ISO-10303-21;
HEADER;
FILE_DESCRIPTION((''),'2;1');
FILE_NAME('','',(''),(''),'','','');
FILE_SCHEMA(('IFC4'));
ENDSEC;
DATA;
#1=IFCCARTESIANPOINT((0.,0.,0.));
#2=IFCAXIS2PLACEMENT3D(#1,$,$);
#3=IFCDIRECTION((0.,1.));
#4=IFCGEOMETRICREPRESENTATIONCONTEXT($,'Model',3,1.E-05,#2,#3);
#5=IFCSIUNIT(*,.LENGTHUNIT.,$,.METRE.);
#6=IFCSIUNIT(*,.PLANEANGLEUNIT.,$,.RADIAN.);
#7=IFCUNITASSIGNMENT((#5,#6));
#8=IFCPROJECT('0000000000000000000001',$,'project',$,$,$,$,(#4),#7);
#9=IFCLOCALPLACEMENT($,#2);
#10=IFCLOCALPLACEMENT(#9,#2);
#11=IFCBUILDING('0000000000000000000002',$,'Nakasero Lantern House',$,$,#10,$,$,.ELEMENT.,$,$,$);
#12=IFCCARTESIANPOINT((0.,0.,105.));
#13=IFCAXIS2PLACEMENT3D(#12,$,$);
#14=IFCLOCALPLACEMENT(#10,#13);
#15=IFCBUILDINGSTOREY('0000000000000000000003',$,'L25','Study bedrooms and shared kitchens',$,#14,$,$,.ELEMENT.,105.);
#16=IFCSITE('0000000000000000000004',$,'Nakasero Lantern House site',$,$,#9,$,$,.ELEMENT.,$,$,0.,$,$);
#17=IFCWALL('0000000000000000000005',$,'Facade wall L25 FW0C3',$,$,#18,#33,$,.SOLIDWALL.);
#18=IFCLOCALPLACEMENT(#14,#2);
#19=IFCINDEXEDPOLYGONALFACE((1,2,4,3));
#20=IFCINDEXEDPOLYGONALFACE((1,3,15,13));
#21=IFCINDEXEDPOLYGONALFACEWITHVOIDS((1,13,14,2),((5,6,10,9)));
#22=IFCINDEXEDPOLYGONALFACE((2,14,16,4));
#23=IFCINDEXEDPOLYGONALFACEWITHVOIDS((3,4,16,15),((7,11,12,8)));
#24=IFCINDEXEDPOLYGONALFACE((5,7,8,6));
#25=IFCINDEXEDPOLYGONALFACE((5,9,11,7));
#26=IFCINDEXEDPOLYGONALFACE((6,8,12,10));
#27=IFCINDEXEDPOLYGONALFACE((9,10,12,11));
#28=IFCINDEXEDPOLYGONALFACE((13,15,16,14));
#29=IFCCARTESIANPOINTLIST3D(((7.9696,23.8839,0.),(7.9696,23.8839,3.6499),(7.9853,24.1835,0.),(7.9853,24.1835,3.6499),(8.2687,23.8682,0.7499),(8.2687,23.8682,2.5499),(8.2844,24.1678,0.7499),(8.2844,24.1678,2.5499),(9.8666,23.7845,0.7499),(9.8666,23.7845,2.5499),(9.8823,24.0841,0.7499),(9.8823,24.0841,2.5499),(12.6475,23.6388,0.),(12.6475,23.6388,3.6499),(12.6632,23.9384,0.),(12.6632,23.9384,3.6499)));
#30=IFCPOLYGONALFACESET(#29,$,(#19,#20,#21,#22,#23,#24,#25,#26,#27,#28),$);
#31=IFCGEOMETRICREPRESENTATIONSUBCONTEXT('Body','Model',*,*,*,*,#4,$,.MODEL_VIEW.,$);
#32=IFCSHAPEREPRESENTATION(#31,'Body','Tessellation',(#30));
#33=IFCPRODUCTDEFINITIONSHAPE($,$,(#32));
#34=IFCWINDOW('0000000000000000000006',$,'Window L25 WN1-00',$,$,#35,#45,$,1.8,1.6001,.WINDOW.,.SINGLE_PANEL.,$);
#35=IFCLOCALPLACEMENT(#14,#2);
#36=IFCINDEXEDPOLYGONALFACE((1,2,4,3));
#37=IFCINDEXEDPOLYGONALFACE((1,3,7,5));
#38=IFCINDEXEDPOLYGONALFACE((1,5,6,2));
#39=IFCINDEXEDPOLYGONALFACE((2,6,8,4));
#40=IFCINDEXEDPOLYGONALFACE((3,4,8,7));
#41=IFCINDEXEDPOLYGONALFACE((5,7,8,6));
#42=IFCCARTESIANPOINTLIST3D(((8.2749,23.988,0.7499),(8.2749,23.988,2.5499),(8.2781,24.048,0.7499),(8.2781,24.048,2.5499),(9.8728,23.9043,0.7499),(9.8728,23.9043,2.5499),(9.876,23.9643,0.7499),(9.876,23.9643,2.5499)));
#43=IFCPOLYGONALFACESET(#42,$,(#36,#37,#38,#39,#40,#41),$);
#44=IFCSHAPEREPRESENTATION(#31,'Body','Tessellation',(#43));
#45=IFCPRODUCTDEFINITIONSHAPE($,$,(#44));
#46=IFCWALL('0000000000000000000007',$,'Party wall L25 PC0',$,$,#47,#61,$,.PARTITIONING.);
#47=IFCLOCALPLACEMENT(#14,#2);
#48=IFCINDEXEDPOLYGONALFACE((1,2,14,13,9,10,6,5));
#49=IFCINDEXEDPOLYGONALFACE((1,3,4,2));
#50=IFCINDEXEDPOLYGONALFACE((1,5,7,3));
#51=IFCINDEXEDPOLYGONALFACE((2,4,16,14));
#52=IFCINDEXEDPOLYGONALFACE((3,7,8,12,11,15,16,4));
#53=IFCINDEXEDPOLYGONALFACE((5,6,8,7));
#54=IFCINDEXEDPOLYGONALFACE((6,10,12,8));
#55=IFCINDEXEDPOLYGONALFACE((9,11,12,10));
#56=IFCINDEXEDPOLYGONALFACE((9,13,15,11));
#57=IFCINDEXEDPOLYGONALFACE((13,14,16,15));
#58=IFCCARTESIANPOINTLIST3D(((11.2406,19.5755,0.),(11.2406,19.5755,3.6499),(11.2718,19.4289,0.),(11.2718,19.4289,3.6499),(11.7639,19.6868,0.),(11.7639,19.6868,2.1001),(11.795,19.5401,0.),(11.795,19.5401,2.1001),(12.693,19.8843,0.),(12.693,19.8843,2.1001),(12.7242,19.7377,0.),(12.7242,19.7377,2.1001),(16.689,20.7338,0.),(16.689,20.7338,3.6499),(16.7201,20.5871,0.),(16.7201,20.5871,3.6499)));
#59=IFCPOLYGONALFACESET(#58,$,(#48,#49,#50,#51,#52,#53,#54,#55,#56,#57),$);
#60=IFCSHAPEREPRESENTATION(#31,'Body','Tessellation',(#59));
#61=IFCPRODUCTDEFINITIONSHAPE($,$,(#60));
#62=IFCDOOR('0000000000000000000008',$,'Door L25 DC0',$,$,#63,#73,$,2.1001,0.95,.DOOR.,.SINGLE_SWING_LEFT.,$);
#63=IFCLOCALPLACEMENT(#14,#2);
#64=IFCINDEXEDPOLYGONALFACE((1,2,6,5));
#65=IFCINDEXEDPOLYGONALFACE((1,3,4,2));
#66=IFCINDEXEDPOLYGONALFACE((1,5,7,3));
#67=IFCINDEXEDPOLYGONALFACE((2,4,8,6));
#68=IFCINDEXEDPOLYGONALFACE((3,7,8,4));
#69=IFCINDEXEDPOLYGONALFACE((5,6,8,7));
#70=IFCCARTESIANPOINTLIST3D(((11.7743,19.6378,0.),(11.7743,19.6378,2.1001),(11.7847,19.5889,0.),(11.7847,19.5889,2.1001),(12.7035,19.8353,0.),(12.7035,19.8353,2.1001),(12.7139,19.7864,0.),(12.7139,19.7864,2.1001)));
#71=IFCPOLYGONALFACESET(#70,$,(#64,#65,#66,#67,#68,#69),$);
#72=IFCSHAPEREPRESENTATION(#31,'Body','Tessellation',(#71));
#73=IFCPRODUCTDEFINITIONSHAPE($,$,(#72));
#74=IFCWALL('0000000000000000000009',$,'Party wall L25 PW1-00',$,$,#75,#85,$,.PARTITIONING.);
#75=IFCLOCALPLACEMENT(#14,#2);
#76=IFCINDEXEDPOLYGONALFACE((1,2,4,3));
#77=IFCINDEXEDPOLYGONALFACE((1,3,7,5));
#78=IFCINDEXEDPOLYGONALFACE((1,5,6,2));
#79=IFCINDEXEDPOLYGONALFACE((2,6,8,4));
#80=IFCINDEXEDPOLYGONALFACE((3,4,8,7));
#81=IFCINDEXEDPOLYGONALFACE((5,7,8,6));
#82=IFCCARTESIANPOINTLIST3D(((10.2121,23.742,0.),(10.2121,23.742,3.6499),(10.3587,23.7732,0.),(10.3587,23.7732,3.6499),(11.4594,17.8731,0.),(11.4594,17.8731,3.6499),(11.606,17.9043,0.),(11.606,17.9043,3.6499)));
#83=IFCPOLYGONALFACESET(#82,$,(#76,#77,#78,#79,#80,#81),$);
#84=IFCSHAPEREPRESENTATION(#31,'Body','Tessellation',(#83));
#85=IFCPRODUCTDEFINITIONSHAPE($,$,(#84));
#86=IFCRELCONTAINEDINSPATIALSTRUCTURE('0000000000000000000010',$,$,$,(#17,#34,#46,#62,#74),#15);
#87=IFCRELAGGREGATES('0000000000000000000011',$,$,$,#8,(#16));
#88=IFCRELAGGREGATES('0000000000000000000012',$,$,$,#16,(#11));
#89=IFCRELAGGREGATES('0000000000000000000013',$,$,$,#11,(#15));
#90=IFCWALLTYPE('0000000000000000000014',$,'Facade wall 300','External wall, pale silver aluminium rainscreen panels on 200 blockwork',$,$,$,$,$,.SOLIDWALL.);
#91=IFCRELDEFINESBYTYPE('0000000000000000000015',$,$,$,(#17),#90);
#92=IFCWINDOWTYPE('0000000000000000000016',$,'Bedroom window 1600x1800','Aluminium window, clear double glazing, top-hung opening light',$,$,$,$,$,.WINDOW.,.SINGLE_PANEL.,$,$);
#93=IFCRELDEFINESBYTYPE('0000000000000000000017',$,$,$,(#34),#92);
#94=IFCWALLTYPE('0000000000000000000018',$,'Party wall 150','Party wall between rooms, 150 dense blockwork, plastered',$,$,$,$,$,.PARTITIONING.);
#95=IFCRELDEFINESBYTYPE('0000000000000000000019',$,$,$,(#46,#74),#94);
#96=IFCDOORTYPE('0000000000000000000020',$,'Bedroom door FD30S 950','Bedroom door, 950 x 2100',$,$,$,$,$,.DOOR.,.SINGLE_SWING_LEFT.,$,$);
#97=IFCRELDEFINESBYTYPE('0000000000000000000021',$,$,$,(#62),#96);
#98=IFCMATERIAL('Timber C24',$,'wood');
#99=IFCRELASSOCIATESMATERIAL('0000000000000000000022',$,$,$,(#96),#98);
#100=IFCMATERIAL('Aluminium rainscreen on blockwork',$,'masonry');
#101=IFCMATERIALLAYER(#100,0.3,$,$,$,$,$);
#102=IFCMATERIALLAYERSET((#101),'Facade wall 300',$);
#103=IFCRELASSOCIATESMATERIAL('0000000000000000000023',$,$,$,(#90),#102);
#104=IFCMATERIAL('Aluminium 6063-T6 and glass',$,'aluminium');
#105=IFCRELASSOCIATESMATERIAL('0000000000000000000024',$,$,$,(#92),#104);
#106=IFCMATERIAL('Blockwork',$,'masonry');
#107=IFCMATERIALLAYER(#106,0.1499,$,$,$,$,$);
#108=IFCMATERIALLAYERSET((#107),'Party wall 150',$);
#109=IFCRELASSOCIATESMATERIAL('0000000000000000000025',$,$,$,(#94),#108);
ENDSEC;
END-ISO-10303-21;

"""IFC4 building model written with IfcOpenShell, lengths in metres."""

from ifc_helpers import new_model, si_unit, direction, frame, frame_2d, origin, place, context, subcontext, project, spatial, rectangle, extrude, material, layer, layer_set, type_object, element, fill, save


model = new_model("IFC4")

# Units and contexts
model_context = context("Model", 3, precision=1e-05, world=origin(), true_north=direction((0.0, 1.0)))
body_context = subcontext(model_context, "Body", "Model", "MODEL_VIEW")
ifc_project = project(units=[si_unit("LENGTHUNIT", "METRE"), si_unit("PLANEANGLEUNIT", "RADIAN")], contexts=[model_context])

# Site, building, storey
site_placement = place(None, origin())
site = spatial("IfcSite", under=ifc_project, at=site_placement, Name="Nakasero Lantern House site", CompositionType="ELEMENT", RefElevation=0.0)
building_placement = place(site_placement, origin())
building = spatial("IfcBuilding", under=site, at=building_placement, Name="Nakasero Lantern House", CompositionType="ELEMENT")
storey_placement = place(building_placement, frame((0.0, 0.0, 105.0)))
storey = spatial("IfcBuildingStorey", under=building, at=storey_placement, Name="L25", Description="Study bedrooms and shared kitchens", CompositionType="ELEMENT", Elevation=105.0)

# Shared definitions
ifc_material_1 = material(Name="Timber C24", Category="wood")
door_type_1 = type_object("IfcDoorType", Name="Bedroom door FD30S 950", Description="Bedroom door, 950 x 2100", OperationType="SINGLE_SWING_LEFT", PredefinedType="DOOR", material=ifc_material_1)

# Shared definitions
ifc_material_2 = material(Name="Aluminium rainscreen on blockwork", Category="masonry")
ifc_layer_1 = layer(ifc_material_2, 0.3)
ifc_layer_set_1 = layer_set([ifc_layer_1], Name="Facade wall 300")
wall_type_1 = type_object("IfcWallType", Name="Facade wall 300", Description="External wall, pale silver aluminium rainscreen panels on 200 blockwork", PredefinedType="SOLIDWALL", material=ifc_layer_set_1)

# Wall, opening, window
wall_1_placement = place(storey_placement, frame((12.6555, 23.7886, 0.0), z_axis=(0.0, 0.0, 1.0), x_axis=(-0.99863, 0.052326, 0.0)))
wall_1 = element("IfcWall", 1, at=wall_1_placement, inside=storey, type_object=wall_type_1, Name="Facade wall L25 FW0C3", PredefinedType="SOLIDWALL", context=body_context, shape_type="SweptSolid", body=[
    extrude(rectangle(XDim=4.6843, YDim=0.3, at=frame_2d((2.3423, 0.0))), origin(), (0.0, 0.0, 1.0), 3.6499),
])
opening_1_placement = place(wall_1_placement, frame((2.7849, 0.0, 0.75)))
opening_1 = element("IfcOpeningElement", 2, at=opening_1_placement, cuts=wall_1, PredefinedType="OPENING", context=body_context, shape_type="SweptSolid", body=[
    extrude(rectangle(XDim=1.6001, YDim=1.8, at=frame_2d((0.8, 0.8999))), frame((0.0, 0.1699, 0.0), z_axis=(0.0, -1.0, 0.0), x_axis=(1.0, 0.0, 0.0)), (0.0, 0.0, 1.0), 0.3401),
])
ifc_material_3 = material(Name="Aluminium 6063-T6 and glass", Category="aluminium")
window_type_1 = type_object("IfcWindowType", Name="Bedroom window 1600x1800", Description="Aluminium window, clear double glazing, top-hung opening light", PartitioningType="SINGLE_PANEL", PredefinedType="WINDOW", material=ifc_material_3)
window_1_placement = place(opening_1_placement, origin())
window_1 = element("IfcWindow", 3, at=window_1_placement, inside=storey, type_object=window_type_1, Name="Window L25 WN1-00", OverallHeight=1.8, OverallWidth=1.6001, PartitioningType="SINGLE_PANEL", PredefinedType="WINDOW", context=body_context, shape_type="SweptSolid", body=[
    extrude(rectangle(XDim=1.6001, YDim=1.8, at=frame_2d((0.8, 0.8999))), frame((0.0, 0.03, 0.0), z_axis=(0.0, -1.0, 0.0), x_axis=(1.0, 0.0, 0.0)), (0.0, 0.0, 1.0), 0.0601),
])
fill(opening_1, window_1)

# Wall, opening, door
ifc_material_4 = material(Name="Blockwork", Category="masonry")
ifc_layer_2 = layer(ifc_material_4, 0.1499)
ifc_layer_set_2 = layer_set([ifc_layer_2], Name="Party wall 150")
wall_type_2 = type_object("IfcWallType", Name="Party wall 150", Description="Party wall between rooms, 150 dense blockwork, plastered", PredefinedType="PARTITIONING", material=ifc_layer_set_2)
wall_2_placement = place(storey_placement, frame((11.2561, 19.5022, 0.0), z_axis=(0.0, 0.0, 1.0), x_axis=(0.978142, 0.207936, 0.0)))
wall_2 = element("IfcWall", 4, at=wall_2_placement, inside=storey, type_object=wall_type_2, Name="Party wall L25 PC0", PredefinedType="PARTITIONING", context=body_context, shape_type="SweptSolid", body=[
    extrude(rectangle(XDim=5.5701, YDim=0.1499, at=frame_2d((2.7852, 0.0))), origin(), (0.0, 0.0, 1.0), 3.6499),
])
opening_2_placement = place(wall_2_placement, frame((0.5349, 0.0, 0.0)))
opening_2 = element("IfcOpeningElement", 5, at=opening_2_placement, cuts=wall_2, PredefinedType="OPENING", context=body_context, shape_type="SweptSolid", body=[
    extrude(rectangle(XDim=0.95, YDim=2.1001, at=frame_2d((0.4751, 1.05))), frame((0.0, 0.095, 0.0), z_axis=(0.0, -1.0, 0.0), x_axis=(1.0, 0.0, 0.0)), (0.0, 0.0, 1.0), 0.1899),
])
door_1_placement = place(opening_2_placement, origin())
door_1 = element("IfcDoor", 6, at=door_1_placement, inside=storey, type_object=door_type_1, Name="Door L25 DC0", OperationType="SINGLE_SWING_LEFT", OverallHeight=2.1001, OverallWidth=0.95, PredefinedType="DOOR", context=body_context, shape_type="SweptSolid", body=[
    extrude(rectangle(XDim=0.95, YDim=2.1001, at=frame_2d((0.4751, 1.05))), frame((0.0, 0.0249, 0.0), z_axis=(0.0, -1.0, 0.0), x_axis=(1.0, 0.0, 0.0)), (0.0, 0.0, 1.0), 0.05),
])
fill(opening_2, door_1)

# Wall
wall_3_placement = place(storey_placement, frame((11.5327, 17.8887, 0.0), z_axis=(0.0, 0.0, 1.0), x_axis=(-0.207886, 0.978153, 0.0)))
element("IfcWall", 7, at=wall_3_placement, inside=storey, type_object=wall_type_2, Name="Party wall L25 PW1-00", PredefinedType="PARTITIONING", context=body_context, shape_type="SweptSolid", body=[
    extrude(rectangle(XDim=6.0, YDim=0.1499, at=frame_2d((3.0, 0.0))), origin(), (0.0, 0.0, 1.0), 3.6499),
])

save(model, "model.ifc")
